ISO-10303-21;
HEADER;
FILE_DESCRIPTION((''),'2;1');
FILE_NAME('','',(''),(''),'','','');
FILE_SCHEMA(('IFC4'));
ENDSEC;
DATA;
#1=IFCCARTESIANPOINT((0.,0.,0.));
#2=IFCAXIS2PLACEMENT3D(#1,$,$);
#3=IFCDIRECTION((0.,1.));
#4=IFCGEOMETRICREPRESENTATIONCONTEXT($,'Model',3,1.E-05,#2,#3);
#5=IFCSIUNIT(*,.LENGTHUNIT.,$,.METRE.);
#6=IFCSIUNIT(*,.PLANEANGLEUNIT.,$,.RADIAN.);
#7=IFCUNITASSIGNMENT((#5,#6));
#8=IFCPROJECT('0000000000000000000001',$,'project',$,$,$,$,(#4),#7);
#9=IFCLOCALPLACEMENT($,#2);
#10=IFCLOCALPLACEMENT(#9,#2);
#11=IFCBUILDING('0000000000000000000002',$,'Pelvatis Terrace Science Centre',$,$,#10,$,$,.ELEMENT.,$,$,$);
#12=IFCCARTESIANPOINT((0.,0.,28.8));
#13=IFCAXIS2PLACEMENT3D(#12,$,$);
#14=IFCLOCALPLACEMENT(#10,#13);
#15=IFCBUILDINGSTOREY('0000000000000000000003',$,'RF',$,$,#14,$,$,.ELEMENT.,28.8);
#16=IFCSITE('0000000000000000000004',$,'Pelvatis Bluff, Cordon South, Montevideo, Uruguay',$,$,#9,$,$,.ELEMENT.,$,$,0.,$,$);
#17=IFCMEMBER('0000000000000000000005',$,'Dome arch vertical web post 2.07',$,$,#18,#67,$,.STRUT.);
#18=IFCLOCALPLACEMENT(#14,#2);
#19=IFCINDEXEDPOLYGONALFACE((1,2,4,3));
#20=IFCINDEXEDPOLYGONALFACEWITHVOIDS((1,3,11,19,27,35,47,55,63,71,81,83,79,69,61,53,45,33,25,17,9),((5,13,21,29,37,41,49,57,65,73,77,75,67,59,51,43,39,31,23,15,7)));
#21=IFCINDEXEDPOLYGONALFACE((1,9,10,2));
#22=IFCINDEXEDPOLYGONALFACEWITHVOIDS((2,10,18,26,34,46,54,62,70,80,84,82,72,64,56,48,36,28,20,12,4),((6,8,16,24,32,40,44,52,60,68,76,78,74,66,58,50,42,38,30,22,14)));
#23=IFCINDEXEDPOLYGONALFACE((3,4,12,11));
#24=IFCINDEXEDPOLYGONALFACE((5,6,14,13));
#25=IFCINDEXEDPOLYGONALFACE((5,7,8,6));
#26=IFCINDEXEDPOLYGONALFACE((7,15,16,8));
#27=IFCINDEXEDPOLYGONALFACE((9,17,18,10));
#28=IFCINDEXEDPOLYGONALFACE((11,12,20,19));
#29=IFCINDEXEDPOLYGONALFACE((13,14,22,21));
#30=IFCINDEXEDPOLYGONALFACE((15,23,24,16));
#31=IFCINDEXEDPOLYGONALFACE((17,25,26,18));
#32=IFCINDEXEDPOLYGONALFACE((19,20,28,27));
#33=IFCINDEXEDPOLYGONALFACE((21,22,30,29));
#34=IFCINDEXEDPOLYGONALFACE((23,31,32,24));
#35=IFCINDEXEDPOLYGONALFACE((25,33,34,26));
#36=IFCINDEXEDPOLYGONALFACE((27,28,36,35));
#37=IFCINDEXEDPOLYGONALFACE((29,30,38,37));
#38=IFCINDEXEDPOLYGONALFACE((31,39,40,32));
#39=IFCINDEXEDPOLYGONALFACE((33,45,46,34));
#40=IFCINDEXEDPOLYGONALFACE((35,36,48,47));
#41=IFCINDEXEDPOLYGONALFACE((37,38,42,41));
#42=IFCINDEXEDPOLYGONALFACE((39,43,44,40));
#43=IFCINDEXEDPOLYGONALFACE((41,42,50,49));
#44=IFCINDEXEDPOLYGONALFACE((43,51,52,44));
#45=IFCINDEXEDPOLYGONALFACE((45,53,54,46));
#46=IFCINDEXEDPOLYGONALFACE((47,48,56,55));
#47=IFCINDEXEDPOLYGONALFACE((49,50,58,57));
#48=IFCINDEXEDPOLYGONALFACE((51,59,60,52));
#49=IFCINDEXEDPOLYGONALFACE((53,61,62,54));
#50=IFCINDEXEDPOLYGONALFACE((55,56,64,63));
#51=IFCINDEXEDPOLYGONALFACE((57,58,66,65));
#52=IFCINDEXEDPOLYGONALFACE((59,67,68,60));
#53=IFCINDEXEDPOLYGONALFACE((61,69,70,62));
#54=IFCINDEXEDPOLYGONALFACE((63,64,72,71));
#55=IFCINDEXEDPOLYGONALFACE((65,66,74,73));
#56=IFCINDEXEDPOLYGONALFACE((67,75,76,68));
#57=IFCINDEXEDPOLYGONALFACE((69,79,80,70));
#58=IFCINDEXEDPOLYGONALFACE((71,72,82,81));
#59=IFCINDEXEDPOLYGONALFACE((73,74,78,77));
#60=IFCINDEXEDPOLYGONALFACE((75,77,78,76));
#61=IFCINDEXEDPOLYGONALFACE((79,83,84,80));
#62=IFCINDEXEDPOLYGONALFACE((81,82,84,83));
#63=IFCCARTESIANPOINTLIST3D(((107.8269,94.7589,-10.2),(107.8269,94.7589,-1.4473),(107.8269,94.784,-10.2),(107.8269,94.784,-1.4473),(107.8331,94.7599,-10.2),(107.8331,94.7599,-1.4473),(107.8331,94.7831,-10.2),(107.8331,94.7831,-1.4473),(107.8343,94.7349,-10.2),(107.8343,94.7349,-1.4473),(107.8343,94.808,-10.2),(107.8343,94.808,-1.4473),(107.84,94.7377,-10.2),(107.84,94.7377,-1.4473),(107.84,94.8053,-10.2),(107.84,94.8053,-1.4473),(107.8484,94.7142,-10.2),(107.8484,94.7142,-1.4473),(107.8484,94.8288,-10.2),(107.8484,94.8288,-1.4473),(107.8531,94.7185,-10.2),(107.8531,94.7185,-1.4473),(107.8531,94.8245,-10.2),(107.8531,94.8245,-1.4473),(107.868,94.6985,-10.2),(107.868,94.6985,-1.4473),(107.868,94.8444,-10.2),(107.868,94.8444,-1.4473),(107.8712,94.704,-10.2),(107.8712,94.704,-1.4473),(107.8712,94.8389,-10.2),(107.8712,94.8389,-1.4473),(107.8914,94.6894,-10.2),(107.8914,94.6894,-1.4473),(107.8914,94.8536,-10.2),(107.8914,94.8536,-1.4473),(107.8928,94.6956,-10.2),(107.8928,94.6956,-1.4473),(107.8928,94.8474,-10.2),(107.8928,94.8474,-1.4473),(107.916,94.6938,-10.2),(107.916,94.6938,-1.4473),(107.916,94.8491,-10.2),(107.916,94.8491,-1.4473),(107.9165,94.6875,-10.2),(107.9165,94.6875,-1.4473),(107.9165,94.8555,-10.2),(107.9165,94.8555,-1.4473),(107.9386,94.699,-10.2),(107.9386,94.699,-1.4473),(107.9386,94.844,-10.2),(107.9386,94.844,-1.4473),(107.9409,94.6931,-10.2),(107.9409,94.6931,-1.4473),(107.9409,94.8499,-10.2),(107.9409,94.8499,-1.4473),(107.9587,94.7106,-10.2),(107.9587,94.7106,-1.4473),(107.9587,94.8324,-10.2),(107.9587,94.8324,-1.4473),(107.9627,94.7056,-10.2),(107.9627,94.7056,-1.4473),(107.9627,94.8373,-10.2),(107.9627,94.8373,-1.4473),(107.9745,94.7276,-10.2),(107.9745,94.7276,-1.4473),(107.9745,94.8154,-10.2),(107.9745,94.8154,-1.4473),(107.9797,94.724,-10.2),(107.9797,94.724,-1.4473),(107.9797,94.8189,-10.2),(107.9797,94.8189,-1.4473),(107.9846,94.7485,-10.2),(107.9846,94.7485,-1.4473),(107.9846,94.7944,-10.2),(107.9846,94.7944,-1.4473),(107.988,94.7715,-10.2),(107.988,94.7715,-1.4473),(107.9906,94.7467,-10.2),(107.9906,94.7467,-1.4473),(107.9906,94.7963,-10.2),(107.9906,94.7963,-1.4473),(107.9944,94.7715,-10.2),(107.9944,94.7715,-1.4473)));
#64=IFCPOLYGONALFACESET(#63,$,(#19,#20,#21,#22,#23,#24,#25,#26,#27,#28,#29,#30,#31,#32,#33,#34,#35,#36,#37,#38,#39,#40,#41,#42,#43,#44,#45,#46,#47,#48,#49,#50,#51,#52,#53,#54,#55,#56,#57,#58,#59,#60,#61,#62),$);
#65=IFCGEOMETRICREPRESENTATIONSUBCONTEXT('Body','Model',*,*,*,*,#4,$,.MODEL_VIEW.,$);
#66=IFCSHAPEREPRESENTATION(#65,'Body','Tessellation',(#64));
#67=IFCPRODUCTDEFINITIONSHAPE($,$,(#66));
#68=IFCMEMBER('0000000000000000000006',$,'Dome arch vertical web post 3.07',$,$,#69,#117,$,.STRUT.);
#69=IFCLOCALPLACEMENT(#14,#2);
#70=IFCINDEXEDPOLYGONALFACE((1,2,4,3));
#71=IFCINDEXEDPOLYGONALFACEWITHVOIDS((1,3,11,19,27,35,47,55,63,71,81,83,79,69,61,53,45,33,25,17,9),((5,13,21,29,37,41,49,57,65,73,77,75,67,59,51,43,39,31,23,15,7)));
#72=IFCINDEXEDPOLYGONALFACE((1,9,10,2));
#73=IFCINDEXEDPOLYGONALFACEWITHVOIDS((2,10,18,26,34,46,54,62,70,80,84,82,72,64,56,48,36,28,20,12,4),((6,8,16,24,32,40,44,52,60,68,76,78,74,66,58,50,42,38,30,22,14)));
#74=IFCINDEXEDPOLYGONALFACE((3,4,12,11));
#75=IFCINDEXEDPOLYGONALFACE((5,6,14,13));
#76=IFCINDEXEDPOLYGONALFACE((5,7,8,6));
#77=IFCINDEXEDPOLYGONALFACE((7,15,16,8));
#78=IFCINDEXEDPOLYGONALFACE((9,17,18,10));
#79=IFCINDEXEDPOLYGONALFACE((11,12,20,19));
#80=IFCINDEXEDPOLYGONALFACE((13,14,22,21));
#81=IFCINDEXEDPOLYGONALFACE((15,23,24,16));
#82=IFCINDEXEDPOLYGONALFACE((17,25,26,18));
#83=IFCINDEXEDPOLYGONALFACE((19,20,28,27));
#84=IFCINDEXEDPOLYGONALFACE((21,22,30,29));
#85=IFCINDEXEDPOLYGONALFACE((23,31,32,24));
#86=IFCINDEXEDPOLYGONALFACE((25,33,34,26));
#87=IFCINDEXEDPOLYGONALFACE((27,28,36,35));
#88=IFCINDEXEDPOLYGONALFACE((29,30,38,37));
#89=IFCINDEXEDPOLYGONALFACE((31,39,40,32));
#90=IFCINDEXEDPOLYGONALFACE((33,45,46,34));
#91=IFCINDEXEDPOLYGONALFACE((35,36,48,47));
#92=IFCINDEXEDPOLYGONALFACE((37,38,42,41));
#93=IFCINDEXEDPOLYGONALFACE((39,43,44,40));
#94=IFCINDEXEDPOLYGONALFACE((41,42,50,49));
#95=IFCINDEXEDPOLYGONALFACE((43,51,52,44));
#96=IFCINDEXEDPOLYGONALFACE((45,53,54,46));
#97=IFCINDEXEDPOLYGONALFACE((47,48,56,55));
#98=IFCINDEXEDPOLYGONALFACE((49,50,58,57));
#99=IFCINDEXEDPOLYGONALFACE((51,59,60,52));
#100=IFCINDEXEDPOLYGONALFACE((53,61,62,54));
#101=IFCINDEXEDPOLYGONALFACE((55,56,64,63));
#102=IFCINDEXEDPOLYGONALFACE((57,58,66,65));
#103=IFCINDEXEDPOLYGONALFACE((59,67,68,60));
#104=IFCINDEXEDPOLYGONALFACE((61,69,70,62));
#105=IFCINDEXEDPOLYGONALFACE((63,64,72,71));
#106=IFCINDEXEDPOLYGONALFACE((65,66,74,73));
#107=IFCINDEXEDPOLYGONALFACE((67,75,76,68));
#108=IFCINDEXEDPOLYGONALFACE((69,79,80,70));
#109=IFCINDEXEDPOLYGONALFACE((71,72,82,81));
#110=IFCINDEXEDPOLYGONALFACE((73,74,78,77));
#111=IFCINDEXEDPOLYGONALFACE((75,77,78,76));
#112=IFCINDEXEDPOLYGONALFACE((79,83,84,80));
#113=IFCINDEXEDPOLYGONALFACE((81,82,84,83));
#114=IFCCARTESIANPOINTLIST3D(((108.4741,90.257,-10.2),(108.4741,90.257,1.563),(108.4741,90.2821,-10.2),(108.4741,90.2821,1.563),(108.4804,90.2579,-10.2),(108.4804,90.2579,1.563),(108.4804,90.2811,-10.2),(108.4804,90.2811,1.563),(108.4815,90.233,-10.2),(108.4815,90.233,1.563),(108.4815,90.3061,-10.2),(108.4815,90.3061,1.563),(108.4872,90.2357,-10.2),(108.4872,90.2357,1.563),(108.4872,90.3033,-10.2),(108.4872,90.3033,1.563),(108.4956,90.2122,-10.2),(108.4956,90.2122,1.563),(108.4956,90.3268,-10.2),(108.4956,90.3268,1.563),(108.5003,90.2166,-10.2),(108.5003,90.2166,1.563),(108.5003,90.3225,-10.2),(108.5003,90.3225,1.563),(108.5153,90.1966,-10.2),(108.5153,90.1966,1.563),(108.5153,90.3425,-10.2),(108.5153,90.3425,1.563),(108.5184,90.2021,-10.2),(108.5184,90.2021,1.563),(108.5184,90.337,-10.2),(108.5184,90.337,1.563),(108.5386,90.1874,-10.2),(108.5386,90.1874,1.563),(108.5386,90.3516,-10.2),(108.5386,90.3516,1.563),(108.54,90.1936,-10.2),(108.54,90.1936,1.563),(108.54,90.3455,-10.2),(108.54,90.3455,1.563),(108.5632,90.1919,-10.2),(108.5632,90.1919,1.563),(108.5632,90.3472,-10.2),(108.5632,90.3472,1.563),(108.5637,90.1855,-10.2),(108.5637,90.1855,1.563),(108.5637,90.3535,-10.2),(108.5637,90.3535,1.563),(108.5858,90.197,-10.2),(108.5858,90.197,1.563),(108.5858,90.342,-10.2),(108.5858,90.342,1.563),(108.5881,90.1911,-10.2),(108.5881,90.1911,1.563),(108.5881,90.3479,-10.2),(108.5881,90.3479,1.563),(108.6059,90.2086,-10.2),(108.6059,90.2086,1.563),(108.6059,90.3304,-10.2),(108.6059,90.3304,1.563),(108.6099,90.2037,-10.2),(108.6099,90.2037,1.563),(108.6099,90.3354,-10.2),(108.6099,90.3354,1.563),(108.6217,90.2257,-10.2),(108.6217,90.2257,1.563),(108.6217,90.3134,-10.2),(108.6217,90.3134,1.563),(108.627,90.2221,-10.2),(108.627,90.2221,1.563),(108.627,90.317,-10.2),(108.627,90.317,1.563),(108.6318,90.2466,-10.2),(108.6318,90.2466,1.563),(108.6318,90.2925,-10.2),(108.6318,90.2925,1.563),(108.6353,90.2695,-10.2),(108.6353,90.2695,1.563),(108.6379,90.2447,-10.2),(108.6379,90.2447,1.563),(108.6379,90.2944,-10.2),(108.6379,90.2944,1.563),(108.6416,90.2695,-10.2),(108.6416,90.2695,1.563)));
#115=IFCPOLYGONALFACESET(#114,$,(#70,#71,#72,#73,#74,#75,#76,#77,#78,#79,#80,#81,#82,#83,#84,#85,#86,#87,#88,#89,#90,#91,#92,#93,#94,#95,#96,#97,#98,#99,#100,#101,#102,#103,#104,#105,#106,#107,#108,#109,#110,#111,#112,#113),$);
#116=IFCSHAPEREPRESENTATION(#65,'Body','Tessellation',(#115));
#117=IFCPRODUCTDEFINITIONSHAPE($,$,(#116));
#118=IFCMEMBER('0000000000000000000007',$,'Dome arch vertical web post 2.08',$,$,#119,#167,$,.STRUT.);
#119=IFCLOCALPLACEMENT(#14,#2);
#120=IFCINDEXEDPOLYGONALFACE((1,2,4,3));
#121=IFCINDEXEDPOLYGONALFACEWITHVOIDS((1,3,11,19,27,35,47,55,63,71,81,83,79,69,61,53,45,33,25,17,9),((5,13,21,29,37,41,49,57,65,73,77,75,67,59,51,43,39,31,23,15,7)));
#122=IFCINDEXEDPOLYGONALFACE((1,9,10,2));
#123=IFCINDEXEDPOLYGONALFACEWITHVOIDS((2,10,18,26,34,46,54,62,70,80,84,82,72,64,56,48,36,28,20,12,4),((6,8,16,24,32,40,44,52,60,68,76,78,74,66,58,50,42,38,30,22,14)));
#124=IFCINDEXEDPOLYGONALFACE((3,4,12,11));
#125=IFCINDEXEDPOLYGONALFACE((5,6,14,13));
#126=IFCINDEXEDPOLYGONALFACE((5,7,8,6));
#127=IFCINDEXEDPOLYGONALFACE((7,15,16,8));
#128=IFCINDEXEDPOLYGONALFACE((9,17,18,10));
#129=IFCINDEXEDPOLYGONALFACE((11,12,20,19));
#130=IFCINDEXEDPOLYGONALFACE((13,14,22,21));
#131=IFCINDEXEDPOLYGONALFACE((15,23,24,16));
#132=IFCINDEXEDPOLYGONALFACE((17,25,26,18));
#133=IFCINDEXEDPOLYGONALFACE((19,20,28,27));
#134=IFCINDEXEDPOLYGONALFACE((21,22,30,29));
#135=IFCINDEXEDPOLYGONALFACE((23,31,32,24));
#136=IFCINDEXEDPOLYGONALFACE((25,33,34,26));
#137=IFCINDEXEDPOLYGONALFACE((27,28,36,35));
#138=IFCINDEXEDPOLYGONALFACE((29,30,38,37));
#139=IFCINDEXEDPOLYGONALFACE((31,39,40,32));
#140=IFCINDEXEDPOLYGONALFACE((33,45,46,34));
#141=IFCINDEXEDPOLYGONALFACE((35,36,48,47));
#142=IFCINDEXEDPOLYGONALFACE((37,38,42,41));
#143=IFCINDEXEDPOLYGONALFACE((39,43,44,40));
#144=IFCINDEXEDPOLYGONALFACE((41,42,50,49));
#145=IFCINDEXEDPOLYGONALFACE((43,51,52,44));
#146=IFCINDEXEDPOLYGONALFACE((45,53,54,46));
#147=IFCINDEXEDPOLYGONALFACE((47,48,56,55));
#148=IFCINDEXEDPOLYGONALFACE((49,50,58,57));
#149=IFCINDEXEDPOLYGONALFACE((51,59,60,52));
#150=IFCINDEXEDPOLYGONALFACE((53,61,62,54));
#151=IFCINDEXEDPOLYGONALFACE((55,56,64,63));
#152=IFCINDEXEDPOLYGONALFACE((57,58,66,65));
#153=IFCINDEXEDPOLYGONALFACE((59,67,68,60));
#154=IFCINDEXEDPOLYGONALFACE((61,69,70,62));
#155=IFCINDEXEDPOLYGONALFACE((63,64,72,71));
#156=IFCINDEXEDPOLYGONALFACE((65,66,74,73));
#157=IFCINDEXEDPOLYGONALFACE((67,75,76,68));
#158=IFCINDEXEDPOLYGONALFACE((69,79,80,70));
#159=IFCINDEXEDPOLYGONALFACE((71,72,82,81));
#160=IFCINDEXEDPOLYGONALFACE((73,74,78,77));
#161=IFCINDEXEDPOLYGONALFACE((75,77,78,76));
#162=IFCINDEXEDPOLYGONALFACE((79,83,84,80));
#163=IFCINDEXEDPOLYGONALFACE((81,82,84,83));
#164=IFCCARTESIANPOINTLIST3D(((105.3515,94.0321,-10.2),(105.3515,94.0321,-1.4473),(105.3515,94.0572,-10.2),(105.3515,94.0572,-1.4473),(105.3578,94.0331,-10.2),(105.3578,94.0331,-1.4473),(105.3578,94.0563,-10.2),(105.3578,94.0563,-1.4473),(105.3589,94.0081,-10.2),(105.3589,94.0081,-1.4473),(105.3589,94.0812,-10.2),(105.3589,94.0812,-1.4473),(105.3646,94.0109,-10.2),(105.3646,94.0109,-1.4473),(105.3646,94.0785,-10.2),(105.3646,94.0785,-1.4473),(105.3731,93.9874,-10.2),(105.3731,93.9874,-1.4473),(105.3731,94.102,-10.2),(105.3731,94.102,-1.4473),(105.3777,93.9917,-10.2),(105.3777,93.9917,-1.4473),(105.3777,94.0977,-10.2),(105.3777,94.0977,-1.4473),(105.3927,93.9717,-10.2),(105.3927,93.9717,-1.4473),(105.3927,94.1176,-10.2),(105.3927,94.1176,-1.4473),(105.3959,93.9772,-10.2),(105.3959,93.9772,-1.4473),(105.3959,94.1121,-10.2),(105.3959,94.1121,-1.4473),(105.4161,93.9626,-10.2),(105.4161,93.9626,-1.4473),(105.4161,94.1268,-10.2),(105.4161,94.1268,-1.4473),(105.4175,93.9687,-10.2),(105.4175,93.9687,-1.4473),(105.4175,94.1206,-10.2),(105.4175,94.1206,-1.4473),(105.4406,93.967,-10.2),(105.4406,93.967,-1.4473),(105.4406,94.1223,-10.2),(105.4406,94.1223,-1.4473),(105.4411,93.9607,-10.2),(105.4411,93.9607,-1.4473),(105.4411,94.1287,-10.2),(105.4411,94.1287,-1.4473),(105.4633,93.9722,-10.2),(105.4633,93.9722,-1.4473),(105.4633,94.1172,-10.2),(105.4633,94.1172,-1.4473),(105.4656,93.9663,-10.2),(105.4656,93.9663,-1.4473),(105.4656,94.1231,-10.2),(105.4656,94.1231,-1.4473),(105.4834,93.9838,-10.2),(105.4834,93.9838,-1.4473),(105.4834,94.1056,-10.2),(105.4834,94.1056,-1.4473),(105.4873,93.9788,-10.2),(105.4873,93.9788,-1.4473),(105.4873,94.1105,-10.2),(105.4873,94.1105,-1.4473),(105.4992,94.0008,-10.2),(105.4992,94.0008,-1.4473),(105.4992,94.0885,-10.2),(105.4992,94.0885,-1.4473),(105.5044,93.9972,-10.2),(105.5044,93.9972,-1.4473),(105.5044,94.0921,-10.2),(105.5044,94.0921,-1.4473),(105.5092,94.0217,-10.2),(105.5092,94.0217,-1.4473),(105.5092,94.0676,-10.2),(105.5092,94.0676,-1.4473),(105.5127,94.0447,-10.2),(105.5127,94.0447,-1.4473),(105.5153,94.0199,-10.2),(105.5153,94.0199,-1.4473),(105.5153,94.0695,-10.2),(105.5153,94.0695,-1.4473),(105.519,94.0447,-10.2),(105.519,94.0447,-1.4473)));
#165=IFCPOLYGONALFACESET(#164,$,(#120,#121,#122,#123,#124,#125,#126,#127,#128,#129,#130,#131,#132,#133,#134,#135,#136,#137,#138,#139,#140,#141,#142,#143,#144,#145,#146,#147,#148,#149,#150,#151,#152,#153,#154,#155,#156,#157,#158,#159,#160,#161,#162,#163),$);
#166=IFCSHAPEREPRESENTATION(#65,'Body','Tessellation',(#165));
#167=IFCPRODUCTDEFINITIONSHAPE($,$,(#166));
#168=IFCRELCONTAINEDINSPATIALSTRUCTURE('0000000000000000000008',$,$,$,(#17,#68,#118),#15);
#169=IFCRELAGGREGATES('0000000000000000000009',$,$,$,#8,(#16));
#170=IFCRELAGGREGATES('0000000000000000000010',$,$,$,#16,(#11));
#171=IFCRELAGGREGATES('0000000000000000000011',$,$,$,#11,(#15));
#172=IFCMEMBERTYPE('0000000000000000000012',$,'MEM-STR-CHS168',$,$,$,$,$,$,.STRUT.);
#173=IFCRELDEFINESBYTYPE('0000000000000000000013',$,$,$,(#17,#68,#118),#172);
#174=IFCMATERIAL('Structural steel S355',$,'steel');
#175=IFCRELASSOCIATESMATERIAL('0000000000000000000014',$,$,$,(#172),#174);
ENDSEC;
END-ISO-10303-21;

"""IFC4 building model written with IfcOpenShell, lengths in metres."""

from ifc_helpers import new_model, si_unit, direction, frame, origin, origin_2d, place, context, subcontext, project, spatial, hollow_circle, extrude, material, material_profile, profile_set, type_object, element, save


model = new_model("IFC4")

# Units and contexts
model_context = context("Model", 3, precision=1e-05, world=origin(), true_north=direction((0.0, 1.0)))
body_context = subcontext(model_context, "Body", "Model", "MODEL_VIEW")
ifc_project = project(units=[si_unit("LENGTHUNIT", "METRE"), si_unit("PLANEANGLEUNIT", "RADIAN")], contexts=[model_context])

# Site, building, storey
site_placement = place(None, origin())
site = spatial("IfcSite", under=ifc_project, at=site_placement, Name="Pelvatis Bluff, Cordon South, Montevideo, Uruguay", CompositionType="ELEMENT", RefElevation=0.0)
building_placement = place(site_placement, origin())
building = spatial("IfcBuilding", under=site, at=building_placement, Name="Pelvatis Terrace Science Centre", CompositionType="ELEMENT")
storey_placement = place(building_placement, frame((0.0, 0.0, 28.8)))
storey = spatial("IfcBuildingStorey", under=building, at=storey_placement, Name="RF", CompositionType="ELEMENT", Elevation=28.8)

# Members
ifc_material_1 = material(Name="Structural steel S355", Category="steel")
ifc_material_profile_1 = material_profile(ifc_material_1, hollow_circle(Radius=0.0842, WallThickness=0.0063, at=origin_2d()), Name="CHS 168.3x6.3")
ifc_profile_set_1 = profile_set([ifc_material_profile_1], Name="Structural steel S355")
member_type_1 = type_object("IfcMemberType", Name="MEM-STR-CHS168", PredefinedType="STRUT", material=ifc_profile_set_1)
member_1_placement = place(storey_placement, frame((107.9102, 94.7715, -10.2), z_axis=(0.0, 0.0, 1.0), x_axis=(1.0, 0.0, 0.0)))
element("IfcMember", 1, at=member_1_placement, inside=storey, type_object=member_type_1, Name="Dome arch vertical web post 2.07", PredefinedType="STRUT", context=body_context, shape_type="SweptSolid", body=[
    extrude(hollow_circle(Radius=0.0842, WallThickness=0.0063, at=origin_2d()), origin(), (0.0, 0.0, 1.0), 8.7527),
])
member_2_placement = place(storey_placement, frame((108.5574, 90.2695, -10.2), z_axis=(0.0, 0.0, 1.0), x_axis=(1.0, 0.0, 0.0)))
element("IfcMember", 2, at=member_2_placement, inside=storey, type_object=member_type_1, Name="Dome arch vertical web post 3.07", PredefinedType="STRUT", context=body_context, shape_type="SweptSolid", body=[
    extrude(hollow_circle(Radius=0.0842, WallThickness=0.0063, at=origin_2d()), origin(), (0.0, 0.0, 1.0), 11.7629),
])
member_3_placement = place(storey_placement, frame((105.4348, 94.0447, -10.2), z_axis=(0.0, 0.0, 1.0), x_axis=(1.0, 0.0, 0.0)))
element("IfcMember", 3, at=member_3_placement, inside=storey, type_object=member_type_1, Name="Dome arch vertical web post 2.08", PredefinedType="STRUT", context=body_context, shape_type="SweptSolid", body=[
    extrude(hollow_circle(Radius=0.0842, WallThickness=0.0063, at=origin_2d()), origin(), (0.0, 0.0, 1.0), 8.7527),
])

save(model, "model.ifc")
